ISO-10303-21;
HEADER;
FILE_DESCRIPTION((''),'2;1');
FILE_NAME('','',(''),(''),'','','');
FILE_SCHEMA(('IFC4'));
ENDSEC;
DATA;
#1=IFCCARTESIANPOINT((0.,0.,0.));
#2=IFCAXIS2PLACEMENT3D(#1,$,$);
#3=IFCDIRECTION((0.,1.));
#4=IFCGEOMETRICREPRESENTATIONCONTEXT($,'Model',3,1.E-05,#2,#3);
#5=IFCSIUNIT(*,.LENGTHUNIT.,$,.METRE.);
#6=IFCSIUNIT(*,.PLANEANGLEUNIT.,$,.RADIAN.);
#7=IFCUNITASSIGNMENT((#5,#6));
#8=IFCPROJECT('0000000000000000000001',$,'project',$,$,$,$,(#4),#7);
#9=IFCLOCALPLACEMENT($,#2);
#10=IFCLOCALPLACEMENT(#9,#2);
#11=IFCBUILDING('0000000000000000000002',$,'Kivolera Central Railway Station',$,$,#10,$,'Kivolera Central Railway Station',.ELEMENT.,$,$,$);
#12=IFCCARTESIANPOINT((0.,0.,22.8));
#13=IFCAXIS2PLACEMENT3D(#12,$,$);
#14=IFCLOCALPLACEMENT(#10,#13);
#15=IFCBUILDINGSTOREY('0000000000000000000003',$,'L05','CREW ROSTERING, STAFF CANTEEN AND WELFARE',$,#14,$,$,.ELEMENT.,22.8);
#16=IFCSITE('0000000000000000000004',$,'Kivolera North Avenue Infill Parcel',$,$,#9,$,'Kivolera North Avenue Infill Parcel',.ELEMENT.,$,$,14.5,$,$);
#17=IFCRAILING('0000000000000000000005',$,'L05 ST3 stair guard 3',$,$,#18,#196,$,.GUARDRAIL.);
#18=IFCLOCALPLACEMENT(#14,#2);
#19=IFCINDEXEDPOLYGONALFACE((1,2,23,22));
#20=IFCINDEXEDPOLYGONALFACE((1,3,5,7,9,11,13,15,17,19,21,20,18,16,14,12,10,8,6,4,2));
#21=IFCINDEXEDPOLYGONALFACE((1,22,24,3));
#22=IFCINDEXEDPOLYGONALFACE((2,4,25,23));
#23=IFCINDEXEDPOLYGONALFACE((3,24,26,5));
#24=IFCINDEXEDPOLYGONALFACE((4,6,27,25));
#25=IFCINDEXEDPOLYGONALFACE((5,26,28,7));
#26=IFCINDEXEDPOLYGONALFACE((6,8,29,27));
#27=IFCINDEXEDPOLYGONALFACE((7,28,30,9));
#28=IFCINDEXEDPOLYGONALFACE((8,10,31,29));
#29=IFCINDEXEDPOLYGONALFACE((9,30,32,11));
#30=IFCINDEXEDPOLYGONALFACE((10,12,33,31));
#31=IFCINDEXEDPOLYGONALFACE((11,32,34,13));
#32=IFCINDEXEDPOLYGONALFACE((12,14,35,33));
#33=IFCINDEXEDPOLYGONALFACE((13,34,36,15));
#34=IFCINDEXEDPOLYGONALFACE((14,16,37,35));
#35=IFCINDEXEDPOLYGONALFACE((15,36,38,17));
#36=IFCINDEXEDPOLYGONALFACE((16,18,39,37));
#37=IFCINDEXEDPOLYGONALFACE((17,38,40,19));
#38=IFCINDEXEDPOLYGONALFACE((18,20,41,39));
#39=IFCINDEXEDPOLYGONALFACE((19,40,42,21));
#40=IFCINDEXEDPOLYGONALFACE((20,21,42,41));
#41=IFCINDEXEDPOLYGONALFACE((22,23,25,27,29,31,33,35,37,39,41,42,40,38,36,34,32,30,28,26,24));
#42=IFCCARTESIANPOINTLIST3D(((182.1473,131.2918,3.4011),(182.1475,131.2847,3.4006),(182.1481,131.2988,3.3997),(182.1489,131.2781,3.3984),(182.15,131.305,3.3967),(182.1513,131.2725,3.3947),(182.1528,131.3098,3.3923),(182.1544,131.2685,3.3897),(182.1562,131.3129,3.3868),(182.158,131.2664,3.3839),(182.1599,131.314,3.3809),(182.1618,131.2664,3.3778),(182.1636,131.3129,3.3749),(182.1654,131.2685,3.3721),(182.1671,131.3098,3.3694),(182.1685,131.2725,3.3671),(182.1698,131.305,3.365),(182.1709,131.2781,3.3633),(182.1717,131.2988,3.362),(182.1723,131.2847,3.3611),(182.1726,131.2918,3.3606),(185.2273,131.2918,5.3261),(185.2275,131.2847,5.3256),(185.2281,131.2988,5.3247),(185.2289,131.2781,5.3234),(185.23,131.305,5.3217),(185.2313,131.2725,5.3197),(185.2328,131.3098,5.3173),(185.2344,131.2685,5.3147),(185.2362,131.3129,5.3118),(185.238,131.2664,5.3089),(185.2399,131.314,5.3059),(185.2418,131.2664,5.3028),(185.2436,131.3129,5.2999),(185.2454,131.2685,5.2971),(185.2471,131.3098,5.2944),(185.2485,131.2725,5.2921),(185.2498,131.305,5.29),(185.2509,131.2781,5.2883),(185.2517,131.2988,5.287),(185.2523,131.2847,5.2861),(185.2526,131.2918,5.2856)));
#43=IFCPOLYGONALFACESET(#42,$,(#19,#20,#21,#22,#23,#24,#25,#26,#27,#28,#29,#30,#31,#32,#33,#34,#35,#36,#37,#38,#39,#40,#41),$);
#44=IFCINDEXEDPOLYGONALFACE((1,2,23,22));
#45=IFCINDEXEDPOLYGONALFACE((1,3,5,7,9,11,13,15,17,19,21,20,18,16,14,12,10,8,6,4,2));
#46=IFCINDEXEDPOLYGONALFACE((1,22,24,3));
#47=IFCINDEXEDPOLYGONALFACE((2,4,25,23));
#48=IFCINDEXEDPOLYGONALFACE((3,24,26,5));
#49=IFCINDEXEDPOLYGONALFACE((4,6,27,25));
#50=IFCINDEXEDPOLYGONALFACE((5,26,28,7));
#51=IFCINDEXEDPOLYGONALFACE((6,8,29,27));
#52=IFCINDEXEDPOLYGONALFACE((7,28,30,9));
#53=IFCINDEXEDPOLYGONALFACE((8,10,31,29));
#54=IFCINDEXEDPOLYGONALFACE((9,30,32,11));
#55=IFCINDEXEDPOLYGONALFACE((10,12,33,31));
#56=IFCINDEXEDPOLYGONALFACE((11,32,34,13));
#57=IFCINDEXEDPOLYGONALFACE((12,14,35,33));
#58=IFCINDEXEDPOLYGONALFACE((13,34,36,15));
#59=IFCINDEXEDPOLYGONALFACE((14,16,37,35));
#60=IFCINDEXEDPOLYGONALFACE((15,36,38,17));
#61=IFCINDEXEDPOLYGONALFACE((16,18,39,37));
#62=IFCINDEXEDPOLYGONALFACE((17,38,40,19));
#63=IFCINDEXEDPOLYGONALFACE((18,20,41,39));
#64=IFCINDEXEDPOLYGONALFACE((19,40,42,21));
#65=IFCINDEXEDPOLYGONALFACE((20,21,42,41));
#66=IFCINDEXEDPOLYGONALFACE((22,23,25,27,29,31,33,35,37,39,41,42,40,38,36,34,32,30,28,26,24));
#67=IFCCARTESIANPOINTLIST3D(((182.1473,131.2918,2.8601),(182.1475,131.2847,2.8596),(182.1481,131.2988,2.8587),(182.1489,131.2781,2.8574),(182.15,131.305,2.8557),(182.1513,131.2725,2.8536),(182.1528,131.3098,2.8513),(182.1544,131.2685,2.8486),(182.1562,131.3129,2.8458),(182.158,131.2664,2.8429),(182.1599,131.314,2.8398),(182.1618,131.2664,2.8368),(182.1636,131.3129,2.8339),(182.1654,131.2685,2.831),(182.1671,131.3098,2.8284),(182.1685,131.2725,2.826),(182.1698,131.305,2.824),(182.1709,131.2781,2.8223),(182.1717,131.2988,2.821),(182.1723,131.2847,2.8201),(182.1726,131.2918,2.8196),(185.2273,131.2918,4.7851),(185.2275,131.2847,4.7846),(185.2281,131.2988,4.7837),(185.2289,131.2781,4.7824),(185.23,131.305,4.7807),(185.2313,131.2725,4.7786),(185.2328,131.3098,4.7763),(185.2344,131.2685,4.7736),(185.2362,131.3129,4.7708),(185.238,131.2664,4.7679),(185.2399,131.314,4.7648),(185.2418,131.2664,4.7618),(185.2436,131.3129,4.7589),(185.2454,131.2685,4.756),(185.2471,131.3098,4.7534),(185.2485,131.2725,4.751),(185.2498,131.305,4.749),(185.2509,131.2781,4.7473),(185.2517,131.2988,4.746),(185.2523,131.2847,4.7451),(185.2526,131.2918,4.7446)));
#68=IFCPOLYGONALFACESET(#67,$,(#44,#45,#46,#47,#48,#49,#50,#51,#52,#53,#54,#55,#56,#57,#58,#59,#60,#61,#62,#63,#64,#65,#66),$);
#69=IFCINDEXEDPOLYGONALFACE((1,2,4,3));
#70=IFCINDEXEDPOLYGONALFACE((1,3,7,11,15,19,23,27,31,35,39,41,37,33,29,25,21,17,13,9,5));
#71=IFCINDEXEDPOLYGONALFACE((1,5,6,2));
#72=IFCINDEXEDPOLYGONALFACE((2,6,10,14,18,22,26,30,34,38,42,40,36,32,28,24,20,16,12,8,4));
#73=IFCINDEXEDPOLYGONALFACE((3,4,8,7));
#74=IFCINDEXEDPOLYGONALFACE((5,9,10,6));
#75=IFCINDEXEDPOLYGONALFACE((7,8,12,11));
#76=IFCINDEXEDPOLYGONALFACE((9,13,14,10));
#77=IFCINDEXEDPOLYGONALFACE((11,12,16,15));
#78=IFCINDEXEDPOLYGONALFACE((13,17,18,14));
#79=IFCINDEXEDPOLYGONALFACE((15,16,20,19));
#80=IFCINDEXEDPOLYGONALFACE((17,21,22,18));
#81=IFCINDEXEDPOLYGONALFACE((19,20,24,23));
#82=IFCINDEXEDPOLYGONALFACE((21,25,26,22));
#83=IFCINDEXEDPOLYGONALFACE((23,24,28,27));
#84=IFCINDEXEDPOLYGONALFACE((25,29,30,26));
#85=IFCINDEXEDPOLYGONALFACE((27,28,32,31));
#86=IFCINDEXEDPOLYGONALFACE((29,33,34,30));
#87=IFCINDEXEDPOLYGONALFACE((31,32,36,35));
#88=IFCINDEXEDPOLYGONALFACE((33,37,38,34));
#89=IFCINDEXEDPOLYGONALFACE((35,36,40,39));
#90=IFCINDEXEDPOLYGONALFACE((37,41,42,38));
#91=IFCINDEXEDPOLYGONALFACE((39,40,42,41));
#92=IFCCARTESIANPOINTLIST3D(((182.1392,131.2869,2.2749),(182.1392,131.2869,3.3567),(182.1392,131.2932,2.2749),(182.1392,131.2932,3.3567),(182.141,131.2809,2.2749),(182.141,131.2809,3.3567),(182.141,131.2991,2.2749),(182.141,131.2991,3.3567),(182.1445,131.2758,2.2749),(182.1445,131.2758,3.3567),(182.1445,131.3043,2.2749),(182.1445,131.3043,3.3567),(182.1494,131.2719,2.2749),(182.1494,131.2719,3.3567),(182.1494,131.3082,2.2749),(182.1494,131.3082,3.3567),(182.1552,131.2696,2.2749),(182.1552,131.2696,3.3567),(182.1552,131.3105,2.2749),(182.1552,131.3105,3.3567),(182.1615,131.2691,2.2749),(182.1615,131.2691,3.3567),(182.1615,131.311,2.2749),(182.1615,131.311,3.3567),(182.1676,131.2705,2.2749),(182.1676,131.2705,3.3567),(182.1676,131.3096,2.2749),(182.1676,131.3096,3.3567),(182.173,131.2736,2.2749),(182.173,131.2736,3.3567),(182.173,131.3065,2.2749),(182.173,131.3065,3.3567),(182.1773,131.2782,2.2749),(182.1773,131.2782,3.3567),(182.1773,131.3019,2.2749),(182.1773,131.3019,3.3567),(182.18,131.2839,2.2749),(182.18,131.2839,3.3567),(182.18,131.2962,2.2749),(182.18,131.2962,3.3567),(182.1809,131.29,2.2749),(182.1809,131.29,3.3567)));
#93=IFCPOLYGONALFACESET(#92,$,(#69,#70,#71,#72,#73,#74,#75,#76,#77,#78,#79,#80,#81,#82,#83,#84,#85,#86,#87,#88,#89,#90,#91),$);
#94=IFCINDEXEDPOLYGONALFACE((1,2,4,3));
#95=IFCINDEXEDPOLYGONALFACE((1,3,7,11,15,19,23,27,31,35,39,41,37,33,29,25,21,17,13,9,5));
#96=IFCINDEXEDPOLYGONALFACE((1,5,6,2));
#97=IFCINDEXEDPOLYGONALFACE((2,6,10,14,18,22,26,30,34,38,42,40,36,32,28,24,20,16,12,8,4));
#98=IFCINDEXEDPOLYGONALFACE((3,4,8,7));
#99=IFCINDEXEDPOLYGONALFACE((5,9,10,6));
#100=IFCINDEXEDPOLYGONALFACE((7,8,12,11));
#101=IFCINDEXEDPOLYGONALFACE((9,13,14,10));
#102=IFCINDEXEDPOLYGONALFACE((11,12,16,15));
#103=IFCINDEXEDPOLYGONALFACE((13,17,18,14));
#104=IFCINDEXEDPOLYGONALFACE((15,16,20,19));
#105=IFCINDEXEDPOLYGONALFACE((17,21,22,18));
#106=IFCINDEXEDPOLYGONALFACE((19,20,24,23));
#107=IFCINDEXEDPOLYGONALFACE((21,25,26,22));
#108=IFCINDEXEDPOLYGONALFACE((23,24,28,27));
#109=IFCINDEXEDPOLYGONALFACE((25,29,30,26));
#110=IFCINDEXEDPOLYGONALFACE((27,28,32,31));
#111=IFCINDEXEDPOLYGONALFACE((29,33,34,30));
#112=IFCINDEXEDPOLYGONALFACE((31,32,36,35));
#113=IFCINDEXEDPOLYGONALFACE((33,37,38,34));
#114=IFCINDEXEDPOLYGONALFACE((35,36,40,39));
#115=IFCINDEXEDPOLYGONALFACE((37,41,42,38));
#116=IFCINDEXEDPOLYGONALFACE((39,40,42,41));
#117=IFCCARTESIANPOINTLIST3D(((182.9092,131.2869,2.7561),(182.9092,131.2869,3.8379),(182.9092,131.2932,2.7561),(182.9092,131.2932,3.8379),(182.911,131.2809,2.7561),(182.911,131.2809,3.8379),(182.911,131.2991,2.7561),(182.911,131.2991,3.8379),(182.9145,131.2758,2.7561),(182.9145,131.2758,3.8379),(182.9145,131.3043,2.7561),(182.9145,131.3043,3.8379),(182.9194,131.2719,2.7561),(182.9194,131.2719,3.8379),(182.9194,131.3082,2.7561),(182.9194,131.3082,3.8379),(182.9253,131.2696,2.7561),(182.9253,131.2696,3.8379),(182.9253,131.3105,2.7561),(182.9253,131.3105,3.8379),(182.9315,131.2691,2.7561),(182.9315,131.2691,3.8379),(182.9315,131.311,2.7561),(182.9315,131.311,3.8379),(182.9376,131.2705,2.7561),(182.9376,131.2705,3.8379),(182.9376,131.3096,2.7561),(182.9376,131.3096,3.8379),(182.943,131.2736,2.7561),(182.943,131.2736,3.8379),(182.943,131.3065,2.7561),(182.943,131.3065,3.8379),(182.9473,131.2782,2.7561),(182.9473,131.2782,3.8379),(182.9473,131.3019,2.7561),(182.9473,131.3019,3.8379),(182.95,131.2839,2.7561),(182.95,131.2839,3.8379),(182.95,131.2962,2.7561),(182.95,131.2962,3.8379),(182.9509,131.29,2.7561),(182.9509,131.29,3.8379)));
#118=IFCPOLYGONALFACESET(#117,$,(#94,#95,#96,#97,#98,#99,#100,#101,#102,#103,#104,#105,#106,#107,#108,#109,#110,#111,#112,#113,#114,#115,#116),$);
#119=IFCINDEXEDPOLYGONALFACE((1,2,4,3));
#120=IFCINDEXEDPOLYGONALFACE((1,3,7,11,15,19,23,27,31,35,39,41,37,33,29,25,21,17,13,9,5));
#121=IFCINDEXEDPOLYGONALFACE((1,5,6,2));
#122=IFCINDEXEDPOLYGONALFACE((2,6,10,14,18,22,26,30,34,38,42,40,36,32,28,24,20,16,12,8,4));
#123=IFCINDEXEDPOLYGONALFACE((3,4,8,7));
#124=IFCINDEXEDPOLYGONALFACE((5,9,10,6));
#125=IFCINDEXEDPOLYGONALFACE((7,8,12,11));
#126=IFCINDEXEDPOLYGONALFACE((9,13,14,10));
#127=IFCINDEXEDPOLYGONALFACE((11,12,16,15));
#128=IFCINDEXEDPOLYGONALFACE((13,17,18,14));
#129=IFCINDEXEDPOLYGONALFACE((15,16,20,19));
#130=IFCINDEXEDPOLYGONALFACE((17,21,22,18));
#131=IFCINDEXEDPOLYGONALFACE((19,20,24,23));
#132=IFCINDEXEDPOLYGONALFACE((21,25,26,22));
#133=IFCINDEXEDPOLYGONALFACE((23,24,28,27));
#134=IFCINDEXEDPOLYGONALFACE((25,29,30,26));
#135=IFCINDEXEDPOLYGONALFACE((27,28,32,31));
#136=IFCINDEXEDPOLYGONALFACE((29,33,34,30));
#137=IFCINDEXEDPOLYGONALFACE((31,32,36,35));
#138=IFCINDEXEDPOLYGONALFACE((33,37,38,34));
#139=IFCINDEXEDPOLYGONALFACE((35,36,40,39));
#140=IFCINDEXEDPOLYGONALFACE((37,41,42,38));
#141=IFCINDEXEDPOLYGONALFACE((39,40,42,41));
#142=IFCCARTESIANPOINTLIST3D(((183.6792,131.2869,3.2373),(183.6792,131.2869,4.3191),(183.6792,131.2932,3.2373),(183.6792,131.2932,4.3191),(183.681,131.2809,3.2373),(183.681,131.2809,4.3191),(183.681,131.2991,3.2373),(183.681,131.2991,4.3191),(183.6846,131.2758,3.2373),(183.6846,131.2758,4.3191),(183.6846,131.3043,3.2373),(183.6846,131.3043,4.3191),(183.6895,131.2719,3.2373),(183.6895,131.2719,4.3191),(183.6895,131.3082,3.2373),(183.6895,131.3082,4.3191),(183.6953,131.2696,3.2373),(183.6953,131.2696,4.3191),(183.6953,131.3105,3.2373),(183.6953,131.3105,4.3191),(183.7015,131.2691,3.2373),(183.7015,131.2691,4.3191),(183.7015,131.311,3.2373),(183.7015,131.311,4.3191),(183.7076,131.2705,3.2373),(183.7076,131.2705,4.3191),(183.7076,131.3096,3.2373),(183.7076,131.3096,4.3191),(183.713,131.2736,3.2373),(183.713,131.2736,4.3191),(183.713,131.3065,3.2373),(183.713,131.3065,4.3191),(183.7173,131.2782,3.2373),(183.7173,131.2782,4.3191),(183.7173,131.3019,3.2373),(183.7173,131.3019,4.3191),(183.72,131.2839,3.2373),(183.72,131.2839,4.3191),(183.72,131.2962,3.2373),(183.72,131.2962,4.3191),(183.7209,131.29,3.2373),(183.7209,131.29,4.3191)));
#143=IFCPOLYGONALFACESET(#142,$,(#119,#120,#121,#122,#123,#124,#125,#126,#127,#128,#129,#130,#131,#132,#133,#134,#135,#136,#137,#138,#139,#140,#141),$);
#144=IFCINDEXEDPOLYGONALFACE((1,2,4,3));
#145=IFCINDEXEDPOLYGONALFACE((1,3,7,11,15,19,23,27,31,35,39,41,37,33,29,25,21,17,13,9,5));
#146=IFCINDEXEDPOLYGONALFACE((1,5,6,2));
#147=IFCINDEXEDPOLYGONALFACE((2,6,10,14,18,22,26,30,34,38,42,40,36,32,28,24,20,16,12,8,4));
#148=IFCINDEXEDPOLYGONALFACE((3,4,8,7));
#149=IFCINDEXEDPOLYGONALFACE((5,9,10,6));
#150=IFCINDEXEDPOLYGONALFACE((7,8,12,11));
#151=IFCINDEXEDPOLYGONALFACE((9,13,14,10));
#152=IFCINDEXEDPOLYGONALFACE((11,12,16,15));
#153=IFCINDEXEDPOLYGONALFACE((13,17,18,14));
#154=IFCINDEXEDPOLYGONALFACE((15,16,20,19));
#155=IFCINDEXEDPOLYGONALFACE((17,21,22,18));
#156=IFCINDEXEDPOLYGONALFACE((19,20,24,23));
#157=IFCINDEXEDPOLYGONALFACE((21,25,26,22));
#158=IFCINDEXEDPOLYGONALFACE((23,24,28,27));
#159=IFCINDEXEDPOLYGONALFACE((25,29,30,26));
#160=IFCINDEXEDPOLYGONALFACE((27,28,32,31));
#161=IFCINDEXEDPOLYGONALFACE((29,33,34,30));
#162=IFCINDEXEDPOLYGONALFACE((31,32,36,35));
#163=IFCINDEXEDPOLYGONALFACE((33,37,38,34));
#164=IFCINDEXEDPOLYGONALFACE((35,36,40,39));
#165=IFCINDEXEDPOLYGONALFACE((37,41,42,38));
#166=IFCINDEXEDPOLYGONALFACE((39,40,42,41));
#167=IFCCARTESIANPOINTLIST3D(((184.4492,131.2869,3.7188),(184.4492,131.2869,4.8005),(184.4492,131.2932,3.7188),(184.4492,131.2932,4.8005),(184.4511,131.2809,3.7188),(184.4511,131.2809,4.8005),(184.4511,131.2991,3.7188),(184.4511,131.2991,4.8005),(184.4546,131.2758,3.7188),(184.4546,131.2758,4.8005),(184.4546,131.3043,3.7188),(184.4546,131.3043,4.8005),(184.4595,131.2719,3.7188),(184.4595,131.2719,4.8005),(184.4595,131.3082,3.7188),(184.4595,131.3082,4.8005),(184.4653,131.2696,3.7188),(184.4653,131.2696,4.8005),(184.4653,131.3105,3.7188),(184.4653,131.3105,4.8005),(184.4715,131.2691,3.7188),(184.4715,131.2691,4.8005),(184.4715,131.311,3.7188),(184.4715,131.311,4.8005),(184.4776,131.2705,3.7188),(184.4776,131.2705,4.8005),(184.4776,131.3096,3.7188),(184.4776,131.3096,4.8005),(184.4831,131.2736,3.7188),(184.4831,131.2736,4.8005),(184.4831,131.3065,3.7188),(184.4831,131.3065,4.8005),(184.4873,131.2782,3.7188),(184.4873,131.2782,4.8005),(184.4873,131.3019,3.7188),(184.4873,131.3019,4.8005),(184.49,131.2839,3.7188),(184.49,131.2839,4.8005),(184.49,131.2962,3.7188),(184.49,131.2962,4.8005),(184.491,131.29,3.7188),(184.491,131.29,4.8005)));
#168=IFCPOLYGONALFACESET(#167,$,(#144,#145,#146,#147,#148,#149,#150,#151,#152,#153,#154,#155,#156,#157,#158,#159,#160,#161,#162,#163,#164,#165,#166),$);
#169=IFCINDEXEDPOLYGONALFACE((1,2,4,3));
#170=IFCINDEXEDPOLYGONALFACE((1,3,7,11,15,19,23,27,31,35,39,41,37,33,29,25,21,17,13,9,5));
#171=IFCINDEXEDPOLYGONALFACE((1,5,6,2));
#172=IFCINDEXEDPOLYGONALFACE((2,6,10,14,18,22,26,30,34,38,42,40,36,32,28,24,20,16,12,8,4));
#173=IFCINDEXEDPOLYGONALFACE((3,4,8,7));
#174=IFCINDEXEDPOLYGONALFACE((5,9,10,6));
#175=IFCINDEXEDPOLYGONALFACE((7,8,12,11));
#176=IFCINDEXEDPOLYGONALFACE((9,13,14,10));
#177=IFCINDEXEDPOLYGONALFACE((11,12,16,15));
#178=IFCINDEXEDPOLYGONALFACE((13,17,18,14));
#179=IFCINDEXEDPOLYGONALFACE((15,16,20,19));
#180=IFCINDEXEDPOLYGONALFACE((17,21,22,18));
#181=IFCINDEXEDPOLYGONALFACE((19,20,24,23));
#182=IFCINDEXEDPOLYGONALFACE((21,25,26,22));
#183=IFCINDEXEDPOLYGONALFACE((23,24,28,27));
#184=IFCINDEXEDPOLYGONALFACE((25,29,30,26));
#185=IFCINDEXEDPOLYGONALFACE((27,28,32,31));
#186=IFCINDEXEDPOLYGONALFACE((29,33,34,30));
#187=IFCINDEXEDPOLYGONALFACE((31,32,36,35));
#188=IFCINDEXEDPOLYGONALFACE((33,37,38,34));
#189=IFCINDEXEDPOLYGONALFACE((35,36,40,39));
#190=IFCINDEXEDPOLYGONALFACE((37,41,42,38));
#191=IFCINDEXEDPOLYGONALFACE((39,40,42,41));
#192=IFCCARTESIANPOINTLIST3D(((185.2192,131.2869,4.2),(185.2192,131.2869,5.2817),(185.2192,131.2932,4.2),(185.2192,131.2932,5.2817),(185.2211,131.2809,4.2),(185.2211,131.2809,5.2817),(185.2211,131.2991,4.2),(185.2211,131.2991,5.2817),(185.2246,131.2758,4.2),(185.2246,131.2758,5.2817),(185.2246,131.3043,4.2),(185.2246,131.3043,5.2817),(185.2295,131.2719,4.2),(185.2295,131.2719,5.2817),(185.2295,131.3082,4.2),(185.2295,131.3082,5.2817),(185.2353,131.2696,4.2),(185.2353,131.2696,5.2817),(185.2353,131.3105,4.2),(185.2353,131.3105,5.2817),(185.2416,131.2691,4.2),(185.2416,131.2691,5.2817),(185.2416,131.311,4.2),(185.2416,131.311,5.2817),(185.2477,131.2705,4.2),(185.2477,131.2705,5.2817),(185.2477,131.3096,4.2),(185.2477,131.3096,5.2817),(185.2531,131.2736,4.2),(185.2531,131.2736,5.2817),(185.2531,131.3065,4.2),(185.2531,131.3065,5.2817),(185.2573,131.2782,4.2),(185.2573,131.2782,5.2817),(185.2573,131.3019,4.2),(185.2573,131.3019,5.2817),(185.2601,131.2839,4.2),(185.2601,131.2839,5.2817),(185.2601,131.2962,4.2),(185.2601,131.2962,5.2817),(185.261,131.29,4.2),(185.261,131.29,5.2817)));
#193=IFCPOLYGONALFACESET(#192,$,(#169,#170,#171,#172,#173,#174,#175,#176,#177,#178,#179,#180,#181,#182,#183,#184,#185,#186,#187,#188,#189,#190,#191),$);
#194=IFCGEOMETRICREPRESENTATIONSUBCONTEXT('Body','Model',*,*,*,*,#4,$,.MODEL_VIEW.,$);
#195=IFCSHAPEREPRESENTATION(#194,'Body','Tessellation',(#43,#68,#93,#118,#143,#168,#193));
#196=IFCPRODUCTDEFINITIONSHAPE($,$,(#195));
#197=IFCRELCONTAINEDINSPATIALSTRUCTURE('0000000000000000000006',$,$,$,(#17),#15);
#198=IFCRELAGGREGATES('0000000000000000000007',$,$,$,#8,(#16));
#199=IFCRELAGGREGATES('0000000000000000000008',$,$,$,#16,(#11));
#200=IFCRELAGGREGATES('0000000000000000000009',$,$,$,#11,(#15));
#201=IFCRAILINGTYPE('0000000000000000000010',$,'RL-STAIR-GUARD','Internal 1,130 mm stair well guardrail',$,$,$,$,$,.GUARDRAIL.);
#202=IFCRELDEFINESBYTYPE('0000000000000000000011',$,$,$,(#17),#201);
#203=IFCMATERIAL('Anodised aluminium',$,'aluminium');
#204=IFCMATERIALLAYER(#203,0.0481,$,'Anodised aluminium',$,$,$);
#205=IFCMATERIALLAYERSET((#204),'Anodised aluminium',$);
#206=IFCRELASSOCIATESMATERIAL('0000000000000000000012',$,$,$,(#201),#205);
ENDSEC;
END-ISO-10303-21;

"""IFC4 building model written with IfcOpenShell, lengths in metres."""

from ifc_helpers import new_model, si_unit, direction, frame, origin, origin_2d, place, context, subcontext, project, spatial, circle, extrude, material, layer, layer_set, type_object, element, save


model = new_model("IFC4")

# Units and contexts
model_context = context("Model", 3, precision=1e-05, world=origin(), true_north=direction((0.0, 1.0)))
body_context = subcontext(model_context, "Body", "Model", "MODEL_VIEW")
ifc_project = project(units=[si_unit("LENGTHUNIT", "METRE"), si_unit("PLANEANGLEUNIT", "RADIAN")], contexts=[model_context])

# Site, building, storey
site_placement = place(None, origin())
site = spatial("IfcSite", under=ifc_project, at=site_placement, Name="Kivolera North Avenue Infill Parcel", LongName="Kivolera North Avenue Infill Parcel", CompositionType="ELEMENT", RefElevation=14.5)
building_placement = place(site_placement, origin())
building = spatial("IfcBuilding", under=site, at=building_placement, Name="Kivolera Central Railway Station", LongName="Kivolera Central Railway Station", CompositionType="ELEMENT")
storey_placement = place(building_placement, frame((0.0, 0.0, 22.8)))
storey = spatial("IfcBuildingStorey", under=building, at=storey_placement, Name="L05", Description="CREW ROSTERING, STAFF CANTEEN AND WELFARE", CompositionType="ELEMENT", Elevation=22.8)

# Shared definitions
ifc_material_1 = material(Name="Anodised aluminium", Category="aluminium")

# Railing
ifc_layer_1 = layer(ifc_material_1, 0.0481, Name="Anodised aluminium")
ifc_layer_set_1 = layer_set([ifc_layer_1], Name="Anodised aluminium")
railing_type_1 = type_object("IfcRailingType", Name="RL-STAIR-GUARD", Description="Internal 1,130 mm stair well guardrail", PredefinedType="GUARDRAIL", material=ifc_layer_set_1)
railing_1_placement = place(storey_placement, frame((182.1599, 131.29, 2.2749)))
element("IfcRailing", 1, at=railing_1_placement, inside=storey, type_object=railing_type_1, Name="L05 ST3 stair guard 3", PredefinedType="GUARDRAIL", context=body_context, shape_type="SweptSolid", body=[
    extrude(circle(Radius=0.0239, at=origin_2d()), frame((0.0, 0.0, 1.106), z_axis=(0.847998, 0.0, 0.529999), x_axis=(0.0, 1.0, 0.0)), (0.0, 0.0, 1.0), 3.6321),
    extrude(circle(Radius=0.0239, at=origin_2d()), frame((0.0, 0.0, 0.5649), z_axis=(0.847998, 0.0, 0.529999), x_axis=(0.0, 1.0, 0.0)), (0.0, 0.0, 1.0), 3.6321),
    extrude(circle(Radius=0.021, at=origin_2d()), origin(), (0.0, 0.0, 1.0), 1.0818),
    extrude(circle(Radius=0.021, at=origin_2d()), frame((0.77, 0.0, 0.4812)), (0.0, 0.0, 1.0), 1.0818),
    extrude(circle(Radius=0.021, at=origin_2d()), frame((1.54, 0.0, 0.9624)), (0.0, 0.0, 1.0), 1.0818),
    extrude(circle(Radius=0.021, at=origin_2d()), frame((2.3101, 0.0, 1.4438)), (0.0, 0.0, 1.0), 1.0818),
    extrude(circle(Radius=0.021, at=origin_2d()), frame((3.0801, 0.0, 1.925)), (0.0, 0.0, 1.0), 1.0818),
])

save(model, "model.ifc")
